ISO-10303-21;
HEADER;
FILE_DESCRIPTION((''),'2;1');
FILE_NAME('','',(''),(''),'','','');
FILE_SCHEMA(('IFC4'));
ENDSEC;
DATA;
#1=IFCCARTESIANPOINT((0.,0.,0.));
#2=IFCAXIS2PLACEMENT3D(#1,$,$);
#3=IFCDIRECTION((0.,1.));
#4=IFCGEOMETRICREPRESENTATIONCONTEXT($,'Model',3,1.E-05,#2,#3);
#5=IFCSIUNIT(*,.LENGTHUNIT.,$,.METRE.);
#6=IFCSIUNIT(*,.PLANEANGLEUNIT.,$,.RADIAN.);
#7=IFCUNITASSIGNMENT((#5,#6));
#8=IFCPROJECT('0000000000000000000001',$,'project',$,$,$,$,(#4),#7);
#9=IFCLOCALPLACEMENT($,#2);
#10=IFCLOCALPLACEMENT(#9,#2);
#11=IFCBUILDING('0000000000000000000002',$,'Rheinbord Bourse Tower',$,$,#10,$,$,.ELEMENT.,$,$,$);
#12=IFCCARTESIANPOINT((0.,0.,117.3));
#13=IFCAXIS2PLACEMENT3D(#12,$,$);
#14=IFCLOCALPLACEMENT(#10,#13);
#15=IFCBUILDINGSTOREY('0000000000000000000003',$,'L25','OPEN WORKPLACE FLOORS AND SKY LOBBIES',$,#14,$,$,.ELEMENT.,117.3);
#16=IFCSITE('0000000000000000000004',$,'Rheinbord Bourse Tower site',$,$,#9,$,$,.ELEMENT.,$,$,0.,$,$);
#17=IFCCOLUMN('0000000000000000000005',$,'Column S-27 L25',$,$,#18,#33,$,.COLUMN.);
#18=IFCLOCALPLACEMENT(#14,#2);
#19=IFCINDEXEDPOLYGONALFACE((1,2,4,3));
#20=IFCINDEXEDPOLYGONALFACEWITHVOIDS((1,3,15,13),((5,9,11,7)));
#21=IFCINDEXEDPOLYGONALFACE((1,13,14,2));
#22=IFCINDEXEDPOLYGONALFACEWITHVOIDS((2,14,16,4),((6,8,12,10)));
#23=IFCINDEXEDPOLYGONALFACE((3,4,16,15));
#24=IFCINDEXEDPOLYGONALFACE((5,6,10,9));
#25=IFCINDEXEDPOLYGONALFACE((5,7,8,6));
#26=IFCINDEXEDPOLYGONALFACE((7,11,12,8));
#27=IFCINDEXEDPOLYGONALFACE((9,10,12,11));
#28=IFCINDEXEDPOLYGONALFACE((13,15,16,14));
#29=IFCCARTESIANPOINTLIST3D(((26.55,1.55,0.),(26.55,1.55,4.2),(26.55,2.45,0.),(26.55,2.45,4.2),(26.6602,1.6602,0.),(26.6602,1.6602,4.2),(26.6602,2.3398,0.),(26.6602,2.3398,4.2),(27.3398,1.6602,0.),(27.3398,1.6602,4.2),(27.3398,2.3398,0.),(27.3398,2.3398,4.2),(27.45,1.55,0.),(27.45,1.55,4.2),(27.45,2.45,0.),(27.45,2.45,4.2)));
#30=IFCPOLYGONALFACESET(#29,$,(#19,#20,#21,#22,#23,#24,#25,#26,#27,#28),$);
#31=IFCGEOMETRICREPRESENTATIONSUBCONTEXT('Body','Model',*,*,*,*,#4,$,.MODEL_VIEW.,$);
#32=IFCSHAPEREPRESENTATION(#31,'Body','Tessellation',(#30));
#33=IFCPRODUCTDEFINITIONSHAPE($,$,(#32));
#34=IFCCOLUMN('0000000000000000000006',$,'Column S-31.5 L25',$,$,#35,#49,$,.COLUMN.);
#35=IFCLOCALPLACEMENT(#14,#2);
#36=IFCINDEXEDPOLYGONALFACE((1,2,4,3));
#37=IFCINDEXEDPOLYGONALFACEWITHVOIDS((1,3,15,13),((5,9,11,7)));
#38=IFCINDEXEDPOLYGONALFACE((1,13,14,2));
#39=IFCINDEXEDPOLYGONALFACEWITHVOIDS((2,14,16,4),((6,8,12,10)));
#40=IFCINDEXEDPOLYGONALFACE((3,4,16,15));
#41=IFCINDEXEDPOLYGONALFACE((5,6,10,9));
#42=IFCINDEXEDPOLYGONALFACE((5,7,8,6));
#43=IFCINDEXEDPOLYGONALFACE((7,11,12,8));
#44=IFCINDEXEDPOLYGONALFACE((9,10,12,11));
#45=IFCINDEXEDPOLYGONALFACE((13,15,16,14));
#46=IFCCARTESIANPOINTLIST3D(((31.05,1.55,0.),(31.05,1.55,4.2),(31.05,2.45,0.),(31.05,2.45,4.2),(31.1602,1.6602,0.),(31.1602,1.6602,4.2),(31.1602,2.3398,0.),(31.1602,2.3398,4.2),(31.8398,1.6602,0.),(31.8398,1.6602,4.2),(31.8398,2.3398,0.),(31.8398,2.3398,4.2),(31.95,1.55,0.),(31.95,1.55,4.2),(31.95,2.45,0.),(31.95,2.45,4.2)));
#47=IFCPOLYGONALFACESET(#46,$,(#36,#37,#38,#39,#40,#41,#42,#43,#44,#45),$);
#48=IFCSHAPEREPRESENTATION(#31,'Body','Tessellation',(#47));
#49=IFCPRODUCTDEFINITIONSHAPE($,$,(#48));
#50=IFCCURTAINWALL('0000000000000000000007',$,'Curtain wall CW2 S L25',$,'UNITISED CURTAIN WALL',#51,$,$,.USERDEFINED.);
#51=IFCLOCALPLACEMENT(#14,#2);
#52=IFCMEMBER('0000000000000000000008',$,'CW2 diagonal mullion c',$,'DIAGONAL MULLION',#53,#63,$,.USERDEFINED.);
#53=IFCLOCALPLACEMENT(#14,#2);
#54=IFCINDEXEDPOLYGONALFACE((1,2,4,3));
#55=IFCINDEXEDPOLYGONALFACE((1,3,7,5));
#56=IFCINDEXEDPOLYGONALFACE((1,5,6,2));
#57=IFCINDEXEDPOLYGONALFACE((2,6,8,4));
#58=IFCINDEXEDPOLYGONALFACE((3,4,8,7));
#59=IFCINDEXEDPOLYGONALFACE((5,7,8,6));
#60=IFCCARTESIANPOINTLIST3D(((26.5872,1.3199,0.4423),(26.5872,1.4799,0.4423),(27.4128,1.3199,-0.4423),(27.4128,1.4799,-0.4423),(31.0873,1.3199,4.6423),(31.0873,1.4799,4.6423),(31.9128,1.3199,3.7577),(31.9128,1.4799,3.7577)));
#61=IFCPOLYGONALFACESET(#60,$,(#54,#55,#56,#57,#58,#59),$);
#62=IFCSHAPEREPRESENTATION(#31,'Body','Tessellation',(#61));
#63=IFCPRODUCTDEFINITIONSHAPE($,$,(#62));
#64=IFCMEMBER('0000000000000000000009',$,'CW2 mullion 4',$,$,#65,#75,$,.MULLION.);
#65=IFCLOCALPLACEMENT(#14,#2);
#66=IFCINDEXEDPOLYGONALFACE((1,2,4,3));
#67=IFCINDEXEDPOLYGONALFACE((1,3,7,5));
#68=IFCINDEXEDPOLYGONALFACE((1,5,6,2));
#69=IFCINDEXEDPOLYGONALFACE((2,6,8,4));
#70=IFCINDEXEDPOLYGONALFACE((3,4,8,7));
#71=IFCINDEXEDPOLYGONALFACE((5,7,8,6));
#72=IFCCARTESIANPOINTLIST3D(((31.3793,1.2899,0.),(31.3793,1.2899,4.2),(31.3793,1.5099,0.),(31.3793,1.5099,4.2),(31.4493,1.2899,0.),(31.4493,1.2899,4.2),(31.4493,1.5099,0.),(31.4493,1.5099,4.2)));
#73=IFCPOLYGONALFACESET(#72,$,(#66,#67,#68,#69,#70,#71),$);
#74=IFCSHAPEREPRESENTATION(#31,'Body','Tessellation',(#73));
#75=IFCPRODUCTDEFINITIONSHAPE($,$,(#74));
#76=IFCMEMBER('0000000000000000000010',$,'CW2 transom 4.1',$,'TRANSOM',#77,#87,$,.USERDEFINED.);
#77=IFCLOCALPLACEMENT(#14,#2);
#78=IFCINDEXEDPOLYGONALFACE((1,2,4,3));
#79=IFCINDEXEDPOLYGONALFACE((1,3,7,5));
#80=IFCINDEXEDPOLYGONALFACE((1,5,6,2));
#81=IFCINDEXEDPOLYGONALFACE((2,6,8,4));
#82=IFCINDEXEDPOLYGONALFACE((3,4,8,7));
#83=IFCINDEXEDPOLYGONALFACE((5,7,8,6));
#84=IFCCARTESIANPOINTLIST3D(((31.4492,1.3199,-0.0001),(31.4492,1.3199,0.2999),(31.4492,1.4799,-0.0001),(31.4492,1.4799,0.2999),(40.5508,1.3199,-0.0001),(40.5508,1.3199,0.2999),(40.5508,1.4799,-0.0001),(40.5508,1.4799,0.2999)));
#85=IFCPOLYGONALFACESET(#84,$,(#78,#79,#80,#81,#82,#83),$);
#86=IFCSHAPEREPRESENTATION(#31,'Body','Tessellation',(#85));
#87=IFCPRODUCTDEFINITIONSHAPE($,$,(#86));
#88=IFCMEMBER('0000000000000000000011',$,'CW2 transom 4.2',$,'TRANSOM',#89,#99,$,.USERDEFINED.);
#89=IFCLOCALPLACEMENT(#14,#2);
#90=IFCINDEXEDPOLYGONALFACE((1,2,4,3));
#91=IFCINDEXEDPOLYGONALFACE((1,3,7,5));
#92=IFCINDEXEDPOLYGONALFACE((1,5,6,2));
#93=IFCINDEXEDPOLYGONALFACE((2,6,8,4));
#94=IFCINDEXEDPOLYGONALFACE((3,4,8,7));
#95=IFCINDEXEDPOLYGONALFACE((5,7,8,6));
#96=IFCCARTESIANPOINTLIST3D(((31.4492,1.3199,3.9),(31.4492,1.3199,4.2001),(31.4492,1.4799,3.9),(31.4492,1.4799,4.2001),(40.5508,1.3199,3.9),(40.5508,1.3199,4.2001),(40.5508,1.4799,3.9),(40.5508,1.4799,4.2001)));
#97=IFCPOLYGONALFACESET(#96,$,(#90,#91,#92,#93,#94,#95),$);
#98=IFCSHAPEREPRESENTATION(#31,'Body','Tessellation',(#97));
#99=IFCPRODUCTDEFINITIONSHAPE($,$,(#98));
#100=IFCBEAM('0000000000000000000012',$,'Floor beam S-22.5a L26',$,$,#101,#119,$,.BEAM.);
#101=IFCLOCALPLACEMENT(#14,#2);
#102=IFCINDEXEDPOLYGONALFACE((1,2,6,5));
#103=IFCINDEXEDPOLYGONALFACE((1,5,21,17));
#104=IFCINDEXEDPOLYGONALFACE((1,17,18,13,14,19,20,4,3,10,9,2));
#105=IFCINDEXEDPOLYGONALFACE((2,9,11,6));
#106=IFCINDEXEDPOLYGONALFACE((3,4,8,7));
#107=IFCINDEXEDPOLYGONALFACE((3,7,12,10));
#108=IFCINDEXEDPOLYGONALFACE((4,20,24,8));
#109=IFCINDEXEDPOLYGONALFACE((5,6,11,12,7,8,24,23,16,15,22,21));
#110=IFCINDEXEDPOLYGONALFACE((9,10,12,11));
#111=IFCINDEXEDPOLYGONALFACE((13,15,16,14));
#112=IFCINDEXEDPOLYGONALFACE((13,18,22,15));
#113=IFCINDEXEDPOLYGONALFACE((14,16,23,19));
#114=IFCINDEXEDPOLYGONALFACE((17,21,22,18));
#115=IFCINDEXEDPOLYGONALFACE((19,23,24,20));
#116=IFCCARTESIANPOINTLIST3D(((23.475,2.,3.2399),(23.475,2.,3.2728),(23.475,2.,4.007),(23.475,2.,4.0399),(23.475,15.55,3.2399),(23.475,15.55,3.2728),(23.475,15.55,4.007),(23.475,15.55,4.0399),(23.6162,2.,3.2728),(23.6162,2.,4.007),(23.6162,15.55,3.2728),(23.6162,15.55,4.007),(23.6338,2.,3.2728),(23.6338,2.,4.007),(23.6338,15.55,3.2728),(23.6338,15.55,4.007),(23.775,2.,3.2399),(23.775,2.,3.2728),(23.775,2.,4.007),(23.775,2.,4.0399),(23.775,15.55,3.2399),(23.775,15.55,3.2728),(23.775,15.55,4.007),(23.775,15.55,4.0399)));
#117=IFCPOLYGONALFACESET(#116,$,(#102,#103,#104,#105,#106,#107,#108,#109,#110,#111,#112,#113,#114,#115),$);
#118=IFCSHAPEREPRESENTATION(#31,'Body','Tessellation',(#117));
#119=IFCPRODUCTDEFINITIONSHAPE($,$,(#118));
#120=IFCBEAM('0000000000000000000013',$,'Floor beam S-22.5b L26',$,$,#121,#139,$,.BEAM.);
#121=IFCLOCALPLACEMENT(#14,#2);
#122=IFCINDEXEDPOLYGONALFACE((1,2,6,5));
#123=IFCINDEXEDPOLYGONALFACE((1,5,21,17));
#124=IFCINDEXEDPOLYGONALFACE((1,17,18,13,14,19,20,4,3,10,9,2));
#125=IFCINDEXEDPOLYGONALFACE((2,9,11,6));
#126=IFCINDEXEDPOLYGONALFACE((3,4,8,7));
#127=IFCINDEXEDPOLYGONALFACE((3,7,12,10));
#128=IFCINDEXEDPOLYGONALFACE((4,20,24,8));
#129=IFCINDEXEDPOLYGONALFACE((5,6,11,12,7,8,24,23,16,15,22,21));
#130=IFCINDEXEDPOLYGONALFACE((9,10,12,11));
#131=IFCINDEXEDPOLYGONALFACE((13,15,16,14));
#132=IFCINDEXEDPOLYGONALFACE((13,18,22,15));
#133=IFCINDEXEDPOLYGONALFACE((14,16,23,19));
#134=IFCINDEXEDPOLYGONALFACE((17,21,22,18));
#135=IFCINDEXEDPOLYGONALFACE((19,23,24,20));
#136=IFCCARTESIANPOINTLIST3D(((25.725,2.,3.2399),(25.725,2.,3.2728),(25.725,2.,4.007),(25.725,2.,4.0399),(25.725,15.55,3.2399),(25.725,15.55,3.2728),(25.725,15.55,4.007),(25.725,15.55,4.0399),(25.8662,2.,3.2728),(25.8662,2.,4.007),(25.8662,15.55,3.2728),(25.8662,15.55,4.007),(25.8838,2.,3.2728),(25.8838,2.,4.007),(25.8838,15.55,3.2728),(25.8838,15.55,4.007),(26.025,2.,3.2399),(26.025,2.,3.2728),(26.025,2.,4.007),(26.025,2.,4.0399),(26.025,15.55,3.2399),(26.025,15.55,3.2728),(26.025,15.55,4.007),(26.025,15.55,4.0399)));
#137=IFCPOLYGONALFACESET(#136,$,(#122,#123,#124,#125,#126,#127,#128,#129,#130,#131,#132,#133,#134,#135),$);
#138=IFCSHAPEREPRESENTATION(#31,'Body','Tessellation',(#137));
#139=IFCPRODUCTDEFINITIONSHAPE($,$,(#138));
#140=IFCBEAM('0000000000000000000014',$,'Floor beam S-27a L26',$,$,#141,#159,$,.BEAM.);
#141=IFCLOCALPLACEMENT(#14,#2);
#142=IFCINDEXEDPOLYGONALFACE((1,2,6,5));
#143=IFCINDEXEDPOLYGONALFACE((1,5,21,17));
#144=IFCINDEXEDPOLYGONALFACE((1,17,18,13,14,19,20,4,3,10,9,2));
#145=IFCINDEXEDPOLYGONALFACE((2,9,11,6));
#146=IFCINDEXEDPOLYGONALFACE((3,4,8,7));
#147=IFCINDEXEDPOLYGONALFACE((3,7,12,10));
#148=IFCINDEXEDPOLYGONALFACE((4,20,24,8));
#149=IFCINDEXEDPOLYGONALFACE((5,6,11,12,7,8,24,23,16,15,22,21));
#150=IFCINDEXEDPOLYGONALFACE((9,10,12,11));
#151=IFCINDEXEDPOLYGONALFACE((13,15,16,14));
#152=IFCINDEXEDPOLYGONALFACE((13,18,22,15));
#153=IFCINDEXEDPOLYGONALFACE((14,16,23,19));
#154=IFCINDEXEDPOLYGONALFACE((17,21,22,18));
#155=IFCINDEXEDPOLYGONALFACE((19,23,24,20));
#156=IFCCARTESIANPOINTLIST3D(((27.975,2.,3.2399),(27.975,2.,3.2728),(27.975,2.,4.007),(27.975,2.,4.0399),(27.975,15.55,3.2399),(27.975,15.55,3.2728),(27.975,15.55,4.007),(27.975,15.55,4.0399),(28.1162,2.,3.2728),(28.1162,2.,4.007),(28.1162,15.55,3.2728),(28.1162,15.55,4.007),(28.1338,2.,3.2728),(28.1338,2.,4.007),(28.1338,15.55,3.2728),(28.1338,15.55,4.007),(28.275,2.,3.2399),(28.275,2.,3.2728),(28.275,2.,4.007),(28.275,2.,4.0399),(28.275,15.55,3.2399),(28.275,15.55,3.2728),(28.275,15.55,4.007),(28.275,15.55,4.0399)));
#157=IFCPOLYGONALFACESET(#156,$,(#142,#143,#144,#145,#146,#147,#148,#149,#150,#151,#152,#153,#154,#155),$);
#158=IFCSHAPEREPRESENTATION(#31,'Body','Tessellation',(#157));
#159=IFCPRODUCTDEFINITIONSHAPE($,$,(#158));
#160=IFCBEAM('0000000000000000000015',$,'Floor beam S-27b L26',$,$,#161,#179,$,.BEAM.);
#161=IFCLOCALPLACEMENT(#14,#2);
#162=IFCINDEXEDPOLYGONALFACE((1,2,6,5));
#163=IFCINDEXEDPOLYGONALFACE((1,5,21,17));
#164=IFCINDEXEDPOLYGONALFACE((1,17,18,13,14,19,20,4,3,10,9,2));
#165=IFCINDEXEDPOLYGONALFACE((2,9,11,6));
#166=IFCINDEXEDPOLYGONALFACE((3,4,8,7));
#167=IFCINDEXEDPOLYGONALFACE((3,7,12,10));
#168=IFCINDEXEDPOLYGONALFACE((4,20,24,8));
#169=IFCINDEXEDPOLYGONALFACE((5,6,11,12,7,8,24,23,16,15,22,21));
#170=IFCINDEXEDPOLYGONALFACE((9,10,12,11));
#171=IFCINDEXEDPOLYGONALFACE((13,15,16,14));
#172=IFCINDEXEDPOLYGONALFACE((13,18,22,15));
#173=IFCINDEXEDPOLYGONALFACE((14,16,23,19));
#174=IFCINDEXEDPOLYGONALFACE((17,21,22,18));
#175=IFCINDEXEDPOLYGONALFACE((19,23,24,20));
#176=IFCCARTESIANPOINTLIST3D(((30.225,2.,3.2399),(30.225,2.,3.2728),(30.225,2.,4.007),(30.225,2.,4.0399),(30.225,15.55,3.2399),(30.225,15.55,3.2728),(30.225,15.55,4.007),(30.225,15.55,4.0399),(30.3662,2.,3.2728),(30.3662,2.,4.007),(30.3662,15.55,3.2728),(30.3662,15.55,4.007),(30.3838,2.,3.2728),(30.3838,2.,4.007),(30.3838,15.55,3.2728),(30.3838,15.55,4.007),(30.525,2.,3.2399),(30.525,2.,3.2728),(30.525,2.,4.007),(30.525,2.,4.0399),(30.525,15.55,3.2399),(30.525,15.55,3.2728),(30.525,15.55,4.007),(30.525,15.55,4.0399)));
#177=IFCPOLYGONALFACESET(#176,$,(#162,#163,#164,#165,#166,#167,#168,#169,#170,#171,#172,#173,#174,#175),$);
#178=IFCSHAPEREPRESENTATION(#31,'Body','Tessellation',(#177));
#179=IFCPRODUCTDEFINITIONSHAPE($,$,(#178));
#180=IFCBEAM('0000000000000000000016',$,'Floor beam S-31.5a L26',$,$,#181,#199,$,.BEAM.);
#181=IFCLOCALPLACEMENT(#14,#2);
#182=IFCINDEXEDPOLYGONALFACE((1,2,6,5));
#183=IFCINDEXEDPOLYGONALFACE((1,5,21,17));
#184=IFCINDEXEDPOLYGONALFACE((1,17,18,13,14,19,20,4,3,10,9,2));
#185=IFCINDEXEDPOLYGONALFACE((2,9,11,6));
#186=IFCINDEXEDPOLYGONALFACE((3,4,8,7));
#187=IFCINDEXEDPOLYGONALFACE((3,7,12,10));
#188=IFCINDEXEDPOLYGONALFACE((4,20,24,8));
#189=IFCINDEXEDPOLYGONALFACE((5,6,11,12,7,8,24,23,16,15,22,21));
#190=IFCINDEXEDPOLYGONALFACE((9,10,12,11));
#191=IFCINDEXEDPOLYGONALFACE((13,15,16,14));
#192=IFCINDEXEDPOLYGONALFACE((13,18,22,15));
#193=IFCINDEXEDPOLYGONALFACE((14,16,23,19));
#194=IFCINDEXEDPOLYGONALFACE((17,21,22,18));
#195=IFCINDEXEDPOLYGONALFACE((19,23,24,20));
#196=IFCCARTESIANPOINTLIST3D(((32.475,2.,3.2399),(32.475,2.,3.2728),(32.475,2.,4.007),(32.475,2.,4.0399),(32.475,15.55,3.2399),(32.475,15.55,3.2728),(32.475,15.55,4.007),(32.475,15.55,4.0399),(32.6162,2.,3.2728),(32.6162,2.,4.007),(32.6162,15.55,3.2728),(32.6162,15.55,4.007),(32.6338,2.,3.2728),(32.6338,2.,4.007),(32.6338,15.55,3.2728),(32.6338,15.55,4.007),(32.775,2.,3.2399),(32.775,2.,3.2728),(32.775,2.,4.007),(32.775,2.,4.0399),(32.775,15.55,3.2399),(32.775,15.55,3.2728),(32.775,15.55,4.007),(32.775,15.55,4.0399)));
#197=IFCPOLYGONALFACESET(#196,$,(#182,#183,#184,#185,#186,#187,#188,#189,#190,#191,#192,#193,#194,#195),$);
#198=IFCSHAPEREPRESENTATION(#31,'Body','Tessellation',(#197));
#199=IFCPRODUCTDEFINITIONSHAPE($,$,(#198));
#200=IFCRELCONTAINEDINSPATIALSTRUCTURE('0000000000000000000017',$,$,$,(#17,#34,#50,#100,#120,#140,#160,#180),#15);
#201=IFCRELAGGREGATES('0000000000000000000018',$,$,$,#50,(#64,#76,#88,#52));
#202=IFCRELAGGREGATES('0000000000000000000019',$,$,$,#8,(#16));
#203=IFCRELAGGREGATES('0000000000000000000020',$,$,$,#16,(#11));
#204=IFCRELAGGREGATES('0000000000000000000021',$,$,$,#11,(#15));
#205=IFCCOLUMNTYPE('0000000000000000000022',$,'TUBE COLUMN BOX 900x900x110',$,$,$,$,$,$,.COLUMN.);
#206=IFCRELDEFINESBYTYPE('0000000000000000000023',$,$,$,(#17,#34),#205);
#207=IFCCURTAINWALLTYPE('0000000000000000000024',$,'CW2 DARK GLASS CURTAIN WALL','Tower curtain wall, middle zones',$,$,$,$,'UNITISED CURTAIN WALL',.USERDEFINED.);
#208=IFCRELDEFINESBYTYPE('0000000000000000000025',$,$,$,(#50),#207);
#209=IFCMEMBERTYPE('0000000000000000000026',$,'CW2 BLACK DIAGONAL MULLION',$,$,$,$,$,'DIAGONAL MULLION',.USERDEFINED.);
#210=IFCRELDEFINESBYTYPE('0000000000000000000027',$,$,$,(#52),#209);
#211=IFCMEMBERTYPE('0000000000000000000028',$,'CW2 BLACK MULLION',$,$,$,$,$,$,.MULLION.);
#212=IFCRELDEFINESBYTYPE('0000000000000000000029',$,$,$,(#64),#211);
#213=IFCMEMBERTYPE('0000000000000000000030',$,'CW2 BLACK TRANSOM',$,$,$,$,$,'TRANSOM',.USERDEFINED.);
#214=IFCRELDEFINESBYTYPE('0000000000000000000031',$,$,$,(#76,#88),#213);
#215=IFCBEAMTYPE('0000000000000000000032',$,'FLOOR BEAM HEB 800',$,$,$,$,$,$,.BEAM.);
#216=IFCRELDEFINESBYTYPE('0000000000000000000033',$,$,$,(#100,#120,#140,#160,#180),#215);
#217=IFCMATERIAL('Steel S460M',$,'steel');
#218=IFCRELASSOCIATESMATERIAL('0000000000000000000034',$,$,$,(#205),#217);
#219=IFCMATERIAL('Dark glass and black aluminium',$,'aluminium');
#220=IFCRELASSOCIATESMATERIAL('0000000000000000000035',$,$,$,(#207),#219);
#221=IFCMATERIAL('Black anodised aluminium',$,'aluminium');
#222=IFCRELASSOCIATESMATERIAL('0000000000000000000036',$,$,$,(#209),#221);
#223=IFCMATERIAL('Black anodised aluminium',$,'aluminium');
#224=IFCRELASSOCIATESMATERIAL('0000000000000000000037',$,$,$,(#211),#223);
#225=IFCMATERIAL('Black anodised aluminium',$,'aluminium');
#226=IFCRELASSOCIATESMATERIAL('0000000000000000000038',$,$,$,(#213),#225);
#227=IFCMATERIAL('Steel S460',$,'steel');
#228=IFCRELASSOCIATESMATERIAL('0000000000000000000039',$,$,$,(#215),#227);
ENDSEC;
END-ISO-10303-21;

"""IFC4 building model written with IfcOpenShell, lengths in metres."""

from ifc_helpers import new_model, si_unit, direction, frame, origin, origin_2d, place, context, subcontext, project, spatial, rectangle, hollow_rectangle, i_section, extrude, material, material_profile, profile_set, type_object, element, aggregate, save


model = new_model("IFC4")

# Units and contexts
model_context = context("Model", 3, precision=1e-05, world=origin(), true_north=direction((0.0, 1.0)))
body_context = subcontext(model_context, "Body", "Model", "MODEL_VIEW")
ifc_project = project(units=[si_unit("LENGTHUNIT", "METRE"), si_unit("PLANEANGLEUNIT", "RADIAN")], contexts=[model_context])

# Site, building, storey
site_placement = place(None, origin())
site = spatial("IfcSite", under=ifc_project, at=site_placement, Name="Rheinbord Bourse Tower site", CompositionType="ELEMENT", RefElevation=0.0)
building_placement = place(site_placement, origin())
building = spatial("IfcBuilding", under=site, at=building_placement, Name="Rheinbord Bourse Tower", CompositionType="ELEMENT")
storey_placement = place(building_placement, frame((0.0, 0.0, 117.3)))
storey = spatial("IfcBuildingStorey", under=building, at=storey_placement, Name="L25", Description="OPEN WORKPLACE FLOORS AND SKY LOBBIES", CompositionType="ELEMENT", Elevation=117.3)

# Columns
ifc_material_1 = material(Name="Steel S460M", Category="steel")
ifc_material_profile_1 = material_profile(ifc_material_1, hollow_rectangle(XDim=0.8999, YDim=0.8999, WallThickness=0.1101, at=origin_2d()), Name="BOX 900x900x110")
ifc_profile_set_1 = profile_set([ifc_material_profile_1], Name="Steel S460M")
column_type = type_object("IfcColumnType", Name="TUBE COLUMN BOX 900x900x110", PredefinedType="COLUMN", material=ifc_profile_set_1)
for number, where, z_axis, x_axis, name in (
    (1, (27.0, 2.0, 0.0), (0.0, 0.0, 1.0), (0.0, 1.0, 0.0), "Column S-27 L25"),
    (2, (31.5, 2.0, 0.0), (0.0, 0.0, 1.0), (0.0, 1.0, 0.0), "Column S-31.5 L25"),
):
    element("IfcColumn", number, at=place(storey_placement, frame(where, z_axis=z_axis, x_axis=x_axis)), inside=storey, type_object=column_type, Name=name, PredefinedType="COLUMN", context=body_context, shape_type="SweptSolid", body=[
        extrude(hollow_rectangle(XDim=0.8999, YDim=0.8999, WallThickness=0.1101, at=origin_2d()), origin(), (0.0, 0.0, 1.0), 4.2),
    ])

# Curtain wall, members
ifc_material_2 = material(Name="Dark glass and black aluminium", Category="aluminium")
curtain_wall_type = type_object("IfcCurtainWallType", Name="CW2 DARK GLASS CURTAIN WALL", Description="Tower curtain wall, middle zones", ElementType="UNITISED CURTAIN WALL", PredefinedType="USERDEFINED", material=ifc_material_2)
curtain_wall_placement = place(storey_placement, origin())
curtain_wall = element("IfcCurtainWall", 3, at=curtain_wall_placement, inside=storey, type_object=curtain_wall_type, Name="Curtain wall CW2 S L25", ObjectType="UNITISED CURTAIN WALL", PredefinedType="USERDEFINED")
ifc_material_3 = material(Name="Black anodised aluminium", Category="aluminium")
ifc_material_profile_2 = material_profile(ifc_material_3, rectangle(XDim=0.1599, YDim=1.21, at=origin_2d()), Name="CW2 DIAGONAL MULLION 1210x160")
ifc_profile_set_2 = profile_set([ifc_material_profile_2], Name="Black anodised aluminium")
member_type_1 = type_object("IfcMemberType", Name="CW2 BLACK DIAGONAL MULLION", ElementType="DIAGONAL MULLION", PredefinedType="USERDEFINED", material=ifc_profile_set_2)
member_1_placement = place(storey_placement, frame((27.0, 1.3999, 0.0), z_axis=(0.731059, 0.0, 0.682314), x_axis=(0.0, 1.0, 0.0)))
member_1 = element("IfcMember", 4, at=member_1_placement, type_object=member_type_1, Name="CW2 diagonal mullion c", ObjectType="DIAGONAL MULLION", PredefinedType="USERDEFINED", context=body_context, shape_type="SweptSolid", body=[
    extrude(rectangle(XDim=0.1599, YDim=1.21, at=origin_2d()), origin(), (0.0, 0.0, 1.0), 6.1555),
])
ifc_material_4 = material(Name="Black anodised aluminium", Category="aluminium")
ifc_material_profile_3 = material_profile(ifc_material_4, rectangle(XDim=0.22, YDim=0.0701, at=origin_2d()), Name="CW2 MULLION 70x220")
ifc_profile_set_3 = profile_set([ifc_material_profile_3], Name="Black anodised aluminium")
member_type_2 = type_object("IfcMemberType", Name="CW2 BLACK MULLION", PredefinedType="MULLION", material=ifc_profile_set_3)
member_2_placement = place(storey_placement, frame((31.4143, 1.3999, 0.0), z_axis=(0.0, 0.0, 1.0), x_axis=(0.0, 1.0, 0.0)))
member_2 = element("IfcMember", 5, at=member_2_placement, type_object=member_type_2, Name="CW2 mullion 4", PredefinedType="MULLION", context=body_context, shape_type="SweptSolid", body=[
    extrude(rectangle(XDim=0.22, YDim=0.0701, at=origin_2d()), origin(), (0.0, 0.0, 1.0), 4.2),
])
ifc_material_5 = material(Name="Black anodised aluminium", Category="aluminium")
ifc_material_profile_4 = material_profile(ifc_material_5, rectangle(XDim=0.1599, YDim=0.3, at=origin_2d()), Name="CW2 TRANSOM 300x160")
ifc_profile_set_4 = profile_set([ifc_material_profile_4], Name="Black anodised aluminium")
member_type_3 = type_object("IfcMemberType", Name="CW2 BLACK TRANSOM", ElementType="TRANSOM", PredefinedType="USERDEFINED", material=ifc_profile_set_4)
member_3_placement = place(storey_placement, frame((31.4492, 1.3999, 0.1499), z_axis=(1.0, 0.0, 0.0), x_axis=(0.0, 1.0, 0.0)))
member_3 = element("IfcMember", 6, at=member_3_placement, type_object=member_type_3, Name="CW2 transom 4.1", ObjectType="TRANSOM", PredefinedType="USERDEFINED", context=body_context, shape_type="SweptSolid", body=[
    extrude(rectangle(XDim=0.1599, YDim=0.3, at=origin_2d()), origin(), (0.0, 0.0, 1.0), 9.1016),
])
member_4_placement = place(storey_placement, frame((31.4492, 1.3999, 4.05), z_axis=(1.0, 0.0, 0.0), x_axis=(0.0, 1.0, 0.0)))
member_4 = element("IfcMember", 7, at=member_4_placement, type_object=member_type_3, Name="CW2 transom 4.2", ObjectType="TRANSOM", PredefinedType="USERDEFINED", context=body_context, shape_type="SweptSolid", body=[
    extrude(rectangle(XDim=0.1599, YDim=0.3, at=origin_2d()), origin(), (0.0, 0.0, 1.0), 9.1016),
])

# Beams
ifc_material_6 = material(Name="Steel S460", Category="steel")
ifc_material_profile_5 = material_profile(ifc_material_6, i_section(OverallWidth=0.3, OverallDepth=0.8, WebThickness=0.0176, FlangeThickness=0.033, at=origin_2d()), Name="HEB 800")
ifc_profile_set_5 = profile_set([ifc_material_profile_5], Name="Steel S460")
beam_type_1 = type_object("IfcBeamType", Name="FLOOR BEAM HEB 800", PredefinedType="BEAM", material=ifc_profile_set_5)
for number, where, z_axis, x_axis, name in (
    (8, (23.625, 2.0, 3.6399), (0.0, 1.0, 0.0), (-1.0, 0.0, 0.0), "Floor beam S-22.5a L26"),
    (9, (25.875, 2.0, 3.6399), (0.0, 1.0, 0.0), (-1.0, 0.0, 0.0), "Floor beam S-22.5b L26"),
    (10, (28.125, 2.0, 3.6399), (0.0, 1.0, 0.0), (-1.0, 0.0, 0.0), "Floor beam S-27a L26"),
    (11, (30.375, 2.0, 3.6399), (0.0, 1.0, 0.0), (-1.0, 0.0, 0.0), "Floor beam S-27b L26"),
    (12, (32.625, 2.0, 3.6399), (0.0, 1.0, 0.0), (-1.0, 0.0, 0.0), "Floor beam S-31.5a L26"),
):
    element("IfcBeam", number, at=place(storey_placement, frame(where, z_axis=z_axis, x_axis=x_axis)), inside=storey, type_object=beam_type_1, Name=name, PredefinedType="BEAM", context=body_context, shape_type="SweptSolid", body=[
        extrude(i_section(OverallWidth=0.3, OverallDepth=0.8, WebThickness=0.0176, FlangeThickness=0.033, at=origin_2d()), origin(), (0.0, 0.0, 1.0), 13.55),
    ])

aggregate(curtain_wall, [member_2, member_3, member_4, member_1])

save(model, "model.ifc")
